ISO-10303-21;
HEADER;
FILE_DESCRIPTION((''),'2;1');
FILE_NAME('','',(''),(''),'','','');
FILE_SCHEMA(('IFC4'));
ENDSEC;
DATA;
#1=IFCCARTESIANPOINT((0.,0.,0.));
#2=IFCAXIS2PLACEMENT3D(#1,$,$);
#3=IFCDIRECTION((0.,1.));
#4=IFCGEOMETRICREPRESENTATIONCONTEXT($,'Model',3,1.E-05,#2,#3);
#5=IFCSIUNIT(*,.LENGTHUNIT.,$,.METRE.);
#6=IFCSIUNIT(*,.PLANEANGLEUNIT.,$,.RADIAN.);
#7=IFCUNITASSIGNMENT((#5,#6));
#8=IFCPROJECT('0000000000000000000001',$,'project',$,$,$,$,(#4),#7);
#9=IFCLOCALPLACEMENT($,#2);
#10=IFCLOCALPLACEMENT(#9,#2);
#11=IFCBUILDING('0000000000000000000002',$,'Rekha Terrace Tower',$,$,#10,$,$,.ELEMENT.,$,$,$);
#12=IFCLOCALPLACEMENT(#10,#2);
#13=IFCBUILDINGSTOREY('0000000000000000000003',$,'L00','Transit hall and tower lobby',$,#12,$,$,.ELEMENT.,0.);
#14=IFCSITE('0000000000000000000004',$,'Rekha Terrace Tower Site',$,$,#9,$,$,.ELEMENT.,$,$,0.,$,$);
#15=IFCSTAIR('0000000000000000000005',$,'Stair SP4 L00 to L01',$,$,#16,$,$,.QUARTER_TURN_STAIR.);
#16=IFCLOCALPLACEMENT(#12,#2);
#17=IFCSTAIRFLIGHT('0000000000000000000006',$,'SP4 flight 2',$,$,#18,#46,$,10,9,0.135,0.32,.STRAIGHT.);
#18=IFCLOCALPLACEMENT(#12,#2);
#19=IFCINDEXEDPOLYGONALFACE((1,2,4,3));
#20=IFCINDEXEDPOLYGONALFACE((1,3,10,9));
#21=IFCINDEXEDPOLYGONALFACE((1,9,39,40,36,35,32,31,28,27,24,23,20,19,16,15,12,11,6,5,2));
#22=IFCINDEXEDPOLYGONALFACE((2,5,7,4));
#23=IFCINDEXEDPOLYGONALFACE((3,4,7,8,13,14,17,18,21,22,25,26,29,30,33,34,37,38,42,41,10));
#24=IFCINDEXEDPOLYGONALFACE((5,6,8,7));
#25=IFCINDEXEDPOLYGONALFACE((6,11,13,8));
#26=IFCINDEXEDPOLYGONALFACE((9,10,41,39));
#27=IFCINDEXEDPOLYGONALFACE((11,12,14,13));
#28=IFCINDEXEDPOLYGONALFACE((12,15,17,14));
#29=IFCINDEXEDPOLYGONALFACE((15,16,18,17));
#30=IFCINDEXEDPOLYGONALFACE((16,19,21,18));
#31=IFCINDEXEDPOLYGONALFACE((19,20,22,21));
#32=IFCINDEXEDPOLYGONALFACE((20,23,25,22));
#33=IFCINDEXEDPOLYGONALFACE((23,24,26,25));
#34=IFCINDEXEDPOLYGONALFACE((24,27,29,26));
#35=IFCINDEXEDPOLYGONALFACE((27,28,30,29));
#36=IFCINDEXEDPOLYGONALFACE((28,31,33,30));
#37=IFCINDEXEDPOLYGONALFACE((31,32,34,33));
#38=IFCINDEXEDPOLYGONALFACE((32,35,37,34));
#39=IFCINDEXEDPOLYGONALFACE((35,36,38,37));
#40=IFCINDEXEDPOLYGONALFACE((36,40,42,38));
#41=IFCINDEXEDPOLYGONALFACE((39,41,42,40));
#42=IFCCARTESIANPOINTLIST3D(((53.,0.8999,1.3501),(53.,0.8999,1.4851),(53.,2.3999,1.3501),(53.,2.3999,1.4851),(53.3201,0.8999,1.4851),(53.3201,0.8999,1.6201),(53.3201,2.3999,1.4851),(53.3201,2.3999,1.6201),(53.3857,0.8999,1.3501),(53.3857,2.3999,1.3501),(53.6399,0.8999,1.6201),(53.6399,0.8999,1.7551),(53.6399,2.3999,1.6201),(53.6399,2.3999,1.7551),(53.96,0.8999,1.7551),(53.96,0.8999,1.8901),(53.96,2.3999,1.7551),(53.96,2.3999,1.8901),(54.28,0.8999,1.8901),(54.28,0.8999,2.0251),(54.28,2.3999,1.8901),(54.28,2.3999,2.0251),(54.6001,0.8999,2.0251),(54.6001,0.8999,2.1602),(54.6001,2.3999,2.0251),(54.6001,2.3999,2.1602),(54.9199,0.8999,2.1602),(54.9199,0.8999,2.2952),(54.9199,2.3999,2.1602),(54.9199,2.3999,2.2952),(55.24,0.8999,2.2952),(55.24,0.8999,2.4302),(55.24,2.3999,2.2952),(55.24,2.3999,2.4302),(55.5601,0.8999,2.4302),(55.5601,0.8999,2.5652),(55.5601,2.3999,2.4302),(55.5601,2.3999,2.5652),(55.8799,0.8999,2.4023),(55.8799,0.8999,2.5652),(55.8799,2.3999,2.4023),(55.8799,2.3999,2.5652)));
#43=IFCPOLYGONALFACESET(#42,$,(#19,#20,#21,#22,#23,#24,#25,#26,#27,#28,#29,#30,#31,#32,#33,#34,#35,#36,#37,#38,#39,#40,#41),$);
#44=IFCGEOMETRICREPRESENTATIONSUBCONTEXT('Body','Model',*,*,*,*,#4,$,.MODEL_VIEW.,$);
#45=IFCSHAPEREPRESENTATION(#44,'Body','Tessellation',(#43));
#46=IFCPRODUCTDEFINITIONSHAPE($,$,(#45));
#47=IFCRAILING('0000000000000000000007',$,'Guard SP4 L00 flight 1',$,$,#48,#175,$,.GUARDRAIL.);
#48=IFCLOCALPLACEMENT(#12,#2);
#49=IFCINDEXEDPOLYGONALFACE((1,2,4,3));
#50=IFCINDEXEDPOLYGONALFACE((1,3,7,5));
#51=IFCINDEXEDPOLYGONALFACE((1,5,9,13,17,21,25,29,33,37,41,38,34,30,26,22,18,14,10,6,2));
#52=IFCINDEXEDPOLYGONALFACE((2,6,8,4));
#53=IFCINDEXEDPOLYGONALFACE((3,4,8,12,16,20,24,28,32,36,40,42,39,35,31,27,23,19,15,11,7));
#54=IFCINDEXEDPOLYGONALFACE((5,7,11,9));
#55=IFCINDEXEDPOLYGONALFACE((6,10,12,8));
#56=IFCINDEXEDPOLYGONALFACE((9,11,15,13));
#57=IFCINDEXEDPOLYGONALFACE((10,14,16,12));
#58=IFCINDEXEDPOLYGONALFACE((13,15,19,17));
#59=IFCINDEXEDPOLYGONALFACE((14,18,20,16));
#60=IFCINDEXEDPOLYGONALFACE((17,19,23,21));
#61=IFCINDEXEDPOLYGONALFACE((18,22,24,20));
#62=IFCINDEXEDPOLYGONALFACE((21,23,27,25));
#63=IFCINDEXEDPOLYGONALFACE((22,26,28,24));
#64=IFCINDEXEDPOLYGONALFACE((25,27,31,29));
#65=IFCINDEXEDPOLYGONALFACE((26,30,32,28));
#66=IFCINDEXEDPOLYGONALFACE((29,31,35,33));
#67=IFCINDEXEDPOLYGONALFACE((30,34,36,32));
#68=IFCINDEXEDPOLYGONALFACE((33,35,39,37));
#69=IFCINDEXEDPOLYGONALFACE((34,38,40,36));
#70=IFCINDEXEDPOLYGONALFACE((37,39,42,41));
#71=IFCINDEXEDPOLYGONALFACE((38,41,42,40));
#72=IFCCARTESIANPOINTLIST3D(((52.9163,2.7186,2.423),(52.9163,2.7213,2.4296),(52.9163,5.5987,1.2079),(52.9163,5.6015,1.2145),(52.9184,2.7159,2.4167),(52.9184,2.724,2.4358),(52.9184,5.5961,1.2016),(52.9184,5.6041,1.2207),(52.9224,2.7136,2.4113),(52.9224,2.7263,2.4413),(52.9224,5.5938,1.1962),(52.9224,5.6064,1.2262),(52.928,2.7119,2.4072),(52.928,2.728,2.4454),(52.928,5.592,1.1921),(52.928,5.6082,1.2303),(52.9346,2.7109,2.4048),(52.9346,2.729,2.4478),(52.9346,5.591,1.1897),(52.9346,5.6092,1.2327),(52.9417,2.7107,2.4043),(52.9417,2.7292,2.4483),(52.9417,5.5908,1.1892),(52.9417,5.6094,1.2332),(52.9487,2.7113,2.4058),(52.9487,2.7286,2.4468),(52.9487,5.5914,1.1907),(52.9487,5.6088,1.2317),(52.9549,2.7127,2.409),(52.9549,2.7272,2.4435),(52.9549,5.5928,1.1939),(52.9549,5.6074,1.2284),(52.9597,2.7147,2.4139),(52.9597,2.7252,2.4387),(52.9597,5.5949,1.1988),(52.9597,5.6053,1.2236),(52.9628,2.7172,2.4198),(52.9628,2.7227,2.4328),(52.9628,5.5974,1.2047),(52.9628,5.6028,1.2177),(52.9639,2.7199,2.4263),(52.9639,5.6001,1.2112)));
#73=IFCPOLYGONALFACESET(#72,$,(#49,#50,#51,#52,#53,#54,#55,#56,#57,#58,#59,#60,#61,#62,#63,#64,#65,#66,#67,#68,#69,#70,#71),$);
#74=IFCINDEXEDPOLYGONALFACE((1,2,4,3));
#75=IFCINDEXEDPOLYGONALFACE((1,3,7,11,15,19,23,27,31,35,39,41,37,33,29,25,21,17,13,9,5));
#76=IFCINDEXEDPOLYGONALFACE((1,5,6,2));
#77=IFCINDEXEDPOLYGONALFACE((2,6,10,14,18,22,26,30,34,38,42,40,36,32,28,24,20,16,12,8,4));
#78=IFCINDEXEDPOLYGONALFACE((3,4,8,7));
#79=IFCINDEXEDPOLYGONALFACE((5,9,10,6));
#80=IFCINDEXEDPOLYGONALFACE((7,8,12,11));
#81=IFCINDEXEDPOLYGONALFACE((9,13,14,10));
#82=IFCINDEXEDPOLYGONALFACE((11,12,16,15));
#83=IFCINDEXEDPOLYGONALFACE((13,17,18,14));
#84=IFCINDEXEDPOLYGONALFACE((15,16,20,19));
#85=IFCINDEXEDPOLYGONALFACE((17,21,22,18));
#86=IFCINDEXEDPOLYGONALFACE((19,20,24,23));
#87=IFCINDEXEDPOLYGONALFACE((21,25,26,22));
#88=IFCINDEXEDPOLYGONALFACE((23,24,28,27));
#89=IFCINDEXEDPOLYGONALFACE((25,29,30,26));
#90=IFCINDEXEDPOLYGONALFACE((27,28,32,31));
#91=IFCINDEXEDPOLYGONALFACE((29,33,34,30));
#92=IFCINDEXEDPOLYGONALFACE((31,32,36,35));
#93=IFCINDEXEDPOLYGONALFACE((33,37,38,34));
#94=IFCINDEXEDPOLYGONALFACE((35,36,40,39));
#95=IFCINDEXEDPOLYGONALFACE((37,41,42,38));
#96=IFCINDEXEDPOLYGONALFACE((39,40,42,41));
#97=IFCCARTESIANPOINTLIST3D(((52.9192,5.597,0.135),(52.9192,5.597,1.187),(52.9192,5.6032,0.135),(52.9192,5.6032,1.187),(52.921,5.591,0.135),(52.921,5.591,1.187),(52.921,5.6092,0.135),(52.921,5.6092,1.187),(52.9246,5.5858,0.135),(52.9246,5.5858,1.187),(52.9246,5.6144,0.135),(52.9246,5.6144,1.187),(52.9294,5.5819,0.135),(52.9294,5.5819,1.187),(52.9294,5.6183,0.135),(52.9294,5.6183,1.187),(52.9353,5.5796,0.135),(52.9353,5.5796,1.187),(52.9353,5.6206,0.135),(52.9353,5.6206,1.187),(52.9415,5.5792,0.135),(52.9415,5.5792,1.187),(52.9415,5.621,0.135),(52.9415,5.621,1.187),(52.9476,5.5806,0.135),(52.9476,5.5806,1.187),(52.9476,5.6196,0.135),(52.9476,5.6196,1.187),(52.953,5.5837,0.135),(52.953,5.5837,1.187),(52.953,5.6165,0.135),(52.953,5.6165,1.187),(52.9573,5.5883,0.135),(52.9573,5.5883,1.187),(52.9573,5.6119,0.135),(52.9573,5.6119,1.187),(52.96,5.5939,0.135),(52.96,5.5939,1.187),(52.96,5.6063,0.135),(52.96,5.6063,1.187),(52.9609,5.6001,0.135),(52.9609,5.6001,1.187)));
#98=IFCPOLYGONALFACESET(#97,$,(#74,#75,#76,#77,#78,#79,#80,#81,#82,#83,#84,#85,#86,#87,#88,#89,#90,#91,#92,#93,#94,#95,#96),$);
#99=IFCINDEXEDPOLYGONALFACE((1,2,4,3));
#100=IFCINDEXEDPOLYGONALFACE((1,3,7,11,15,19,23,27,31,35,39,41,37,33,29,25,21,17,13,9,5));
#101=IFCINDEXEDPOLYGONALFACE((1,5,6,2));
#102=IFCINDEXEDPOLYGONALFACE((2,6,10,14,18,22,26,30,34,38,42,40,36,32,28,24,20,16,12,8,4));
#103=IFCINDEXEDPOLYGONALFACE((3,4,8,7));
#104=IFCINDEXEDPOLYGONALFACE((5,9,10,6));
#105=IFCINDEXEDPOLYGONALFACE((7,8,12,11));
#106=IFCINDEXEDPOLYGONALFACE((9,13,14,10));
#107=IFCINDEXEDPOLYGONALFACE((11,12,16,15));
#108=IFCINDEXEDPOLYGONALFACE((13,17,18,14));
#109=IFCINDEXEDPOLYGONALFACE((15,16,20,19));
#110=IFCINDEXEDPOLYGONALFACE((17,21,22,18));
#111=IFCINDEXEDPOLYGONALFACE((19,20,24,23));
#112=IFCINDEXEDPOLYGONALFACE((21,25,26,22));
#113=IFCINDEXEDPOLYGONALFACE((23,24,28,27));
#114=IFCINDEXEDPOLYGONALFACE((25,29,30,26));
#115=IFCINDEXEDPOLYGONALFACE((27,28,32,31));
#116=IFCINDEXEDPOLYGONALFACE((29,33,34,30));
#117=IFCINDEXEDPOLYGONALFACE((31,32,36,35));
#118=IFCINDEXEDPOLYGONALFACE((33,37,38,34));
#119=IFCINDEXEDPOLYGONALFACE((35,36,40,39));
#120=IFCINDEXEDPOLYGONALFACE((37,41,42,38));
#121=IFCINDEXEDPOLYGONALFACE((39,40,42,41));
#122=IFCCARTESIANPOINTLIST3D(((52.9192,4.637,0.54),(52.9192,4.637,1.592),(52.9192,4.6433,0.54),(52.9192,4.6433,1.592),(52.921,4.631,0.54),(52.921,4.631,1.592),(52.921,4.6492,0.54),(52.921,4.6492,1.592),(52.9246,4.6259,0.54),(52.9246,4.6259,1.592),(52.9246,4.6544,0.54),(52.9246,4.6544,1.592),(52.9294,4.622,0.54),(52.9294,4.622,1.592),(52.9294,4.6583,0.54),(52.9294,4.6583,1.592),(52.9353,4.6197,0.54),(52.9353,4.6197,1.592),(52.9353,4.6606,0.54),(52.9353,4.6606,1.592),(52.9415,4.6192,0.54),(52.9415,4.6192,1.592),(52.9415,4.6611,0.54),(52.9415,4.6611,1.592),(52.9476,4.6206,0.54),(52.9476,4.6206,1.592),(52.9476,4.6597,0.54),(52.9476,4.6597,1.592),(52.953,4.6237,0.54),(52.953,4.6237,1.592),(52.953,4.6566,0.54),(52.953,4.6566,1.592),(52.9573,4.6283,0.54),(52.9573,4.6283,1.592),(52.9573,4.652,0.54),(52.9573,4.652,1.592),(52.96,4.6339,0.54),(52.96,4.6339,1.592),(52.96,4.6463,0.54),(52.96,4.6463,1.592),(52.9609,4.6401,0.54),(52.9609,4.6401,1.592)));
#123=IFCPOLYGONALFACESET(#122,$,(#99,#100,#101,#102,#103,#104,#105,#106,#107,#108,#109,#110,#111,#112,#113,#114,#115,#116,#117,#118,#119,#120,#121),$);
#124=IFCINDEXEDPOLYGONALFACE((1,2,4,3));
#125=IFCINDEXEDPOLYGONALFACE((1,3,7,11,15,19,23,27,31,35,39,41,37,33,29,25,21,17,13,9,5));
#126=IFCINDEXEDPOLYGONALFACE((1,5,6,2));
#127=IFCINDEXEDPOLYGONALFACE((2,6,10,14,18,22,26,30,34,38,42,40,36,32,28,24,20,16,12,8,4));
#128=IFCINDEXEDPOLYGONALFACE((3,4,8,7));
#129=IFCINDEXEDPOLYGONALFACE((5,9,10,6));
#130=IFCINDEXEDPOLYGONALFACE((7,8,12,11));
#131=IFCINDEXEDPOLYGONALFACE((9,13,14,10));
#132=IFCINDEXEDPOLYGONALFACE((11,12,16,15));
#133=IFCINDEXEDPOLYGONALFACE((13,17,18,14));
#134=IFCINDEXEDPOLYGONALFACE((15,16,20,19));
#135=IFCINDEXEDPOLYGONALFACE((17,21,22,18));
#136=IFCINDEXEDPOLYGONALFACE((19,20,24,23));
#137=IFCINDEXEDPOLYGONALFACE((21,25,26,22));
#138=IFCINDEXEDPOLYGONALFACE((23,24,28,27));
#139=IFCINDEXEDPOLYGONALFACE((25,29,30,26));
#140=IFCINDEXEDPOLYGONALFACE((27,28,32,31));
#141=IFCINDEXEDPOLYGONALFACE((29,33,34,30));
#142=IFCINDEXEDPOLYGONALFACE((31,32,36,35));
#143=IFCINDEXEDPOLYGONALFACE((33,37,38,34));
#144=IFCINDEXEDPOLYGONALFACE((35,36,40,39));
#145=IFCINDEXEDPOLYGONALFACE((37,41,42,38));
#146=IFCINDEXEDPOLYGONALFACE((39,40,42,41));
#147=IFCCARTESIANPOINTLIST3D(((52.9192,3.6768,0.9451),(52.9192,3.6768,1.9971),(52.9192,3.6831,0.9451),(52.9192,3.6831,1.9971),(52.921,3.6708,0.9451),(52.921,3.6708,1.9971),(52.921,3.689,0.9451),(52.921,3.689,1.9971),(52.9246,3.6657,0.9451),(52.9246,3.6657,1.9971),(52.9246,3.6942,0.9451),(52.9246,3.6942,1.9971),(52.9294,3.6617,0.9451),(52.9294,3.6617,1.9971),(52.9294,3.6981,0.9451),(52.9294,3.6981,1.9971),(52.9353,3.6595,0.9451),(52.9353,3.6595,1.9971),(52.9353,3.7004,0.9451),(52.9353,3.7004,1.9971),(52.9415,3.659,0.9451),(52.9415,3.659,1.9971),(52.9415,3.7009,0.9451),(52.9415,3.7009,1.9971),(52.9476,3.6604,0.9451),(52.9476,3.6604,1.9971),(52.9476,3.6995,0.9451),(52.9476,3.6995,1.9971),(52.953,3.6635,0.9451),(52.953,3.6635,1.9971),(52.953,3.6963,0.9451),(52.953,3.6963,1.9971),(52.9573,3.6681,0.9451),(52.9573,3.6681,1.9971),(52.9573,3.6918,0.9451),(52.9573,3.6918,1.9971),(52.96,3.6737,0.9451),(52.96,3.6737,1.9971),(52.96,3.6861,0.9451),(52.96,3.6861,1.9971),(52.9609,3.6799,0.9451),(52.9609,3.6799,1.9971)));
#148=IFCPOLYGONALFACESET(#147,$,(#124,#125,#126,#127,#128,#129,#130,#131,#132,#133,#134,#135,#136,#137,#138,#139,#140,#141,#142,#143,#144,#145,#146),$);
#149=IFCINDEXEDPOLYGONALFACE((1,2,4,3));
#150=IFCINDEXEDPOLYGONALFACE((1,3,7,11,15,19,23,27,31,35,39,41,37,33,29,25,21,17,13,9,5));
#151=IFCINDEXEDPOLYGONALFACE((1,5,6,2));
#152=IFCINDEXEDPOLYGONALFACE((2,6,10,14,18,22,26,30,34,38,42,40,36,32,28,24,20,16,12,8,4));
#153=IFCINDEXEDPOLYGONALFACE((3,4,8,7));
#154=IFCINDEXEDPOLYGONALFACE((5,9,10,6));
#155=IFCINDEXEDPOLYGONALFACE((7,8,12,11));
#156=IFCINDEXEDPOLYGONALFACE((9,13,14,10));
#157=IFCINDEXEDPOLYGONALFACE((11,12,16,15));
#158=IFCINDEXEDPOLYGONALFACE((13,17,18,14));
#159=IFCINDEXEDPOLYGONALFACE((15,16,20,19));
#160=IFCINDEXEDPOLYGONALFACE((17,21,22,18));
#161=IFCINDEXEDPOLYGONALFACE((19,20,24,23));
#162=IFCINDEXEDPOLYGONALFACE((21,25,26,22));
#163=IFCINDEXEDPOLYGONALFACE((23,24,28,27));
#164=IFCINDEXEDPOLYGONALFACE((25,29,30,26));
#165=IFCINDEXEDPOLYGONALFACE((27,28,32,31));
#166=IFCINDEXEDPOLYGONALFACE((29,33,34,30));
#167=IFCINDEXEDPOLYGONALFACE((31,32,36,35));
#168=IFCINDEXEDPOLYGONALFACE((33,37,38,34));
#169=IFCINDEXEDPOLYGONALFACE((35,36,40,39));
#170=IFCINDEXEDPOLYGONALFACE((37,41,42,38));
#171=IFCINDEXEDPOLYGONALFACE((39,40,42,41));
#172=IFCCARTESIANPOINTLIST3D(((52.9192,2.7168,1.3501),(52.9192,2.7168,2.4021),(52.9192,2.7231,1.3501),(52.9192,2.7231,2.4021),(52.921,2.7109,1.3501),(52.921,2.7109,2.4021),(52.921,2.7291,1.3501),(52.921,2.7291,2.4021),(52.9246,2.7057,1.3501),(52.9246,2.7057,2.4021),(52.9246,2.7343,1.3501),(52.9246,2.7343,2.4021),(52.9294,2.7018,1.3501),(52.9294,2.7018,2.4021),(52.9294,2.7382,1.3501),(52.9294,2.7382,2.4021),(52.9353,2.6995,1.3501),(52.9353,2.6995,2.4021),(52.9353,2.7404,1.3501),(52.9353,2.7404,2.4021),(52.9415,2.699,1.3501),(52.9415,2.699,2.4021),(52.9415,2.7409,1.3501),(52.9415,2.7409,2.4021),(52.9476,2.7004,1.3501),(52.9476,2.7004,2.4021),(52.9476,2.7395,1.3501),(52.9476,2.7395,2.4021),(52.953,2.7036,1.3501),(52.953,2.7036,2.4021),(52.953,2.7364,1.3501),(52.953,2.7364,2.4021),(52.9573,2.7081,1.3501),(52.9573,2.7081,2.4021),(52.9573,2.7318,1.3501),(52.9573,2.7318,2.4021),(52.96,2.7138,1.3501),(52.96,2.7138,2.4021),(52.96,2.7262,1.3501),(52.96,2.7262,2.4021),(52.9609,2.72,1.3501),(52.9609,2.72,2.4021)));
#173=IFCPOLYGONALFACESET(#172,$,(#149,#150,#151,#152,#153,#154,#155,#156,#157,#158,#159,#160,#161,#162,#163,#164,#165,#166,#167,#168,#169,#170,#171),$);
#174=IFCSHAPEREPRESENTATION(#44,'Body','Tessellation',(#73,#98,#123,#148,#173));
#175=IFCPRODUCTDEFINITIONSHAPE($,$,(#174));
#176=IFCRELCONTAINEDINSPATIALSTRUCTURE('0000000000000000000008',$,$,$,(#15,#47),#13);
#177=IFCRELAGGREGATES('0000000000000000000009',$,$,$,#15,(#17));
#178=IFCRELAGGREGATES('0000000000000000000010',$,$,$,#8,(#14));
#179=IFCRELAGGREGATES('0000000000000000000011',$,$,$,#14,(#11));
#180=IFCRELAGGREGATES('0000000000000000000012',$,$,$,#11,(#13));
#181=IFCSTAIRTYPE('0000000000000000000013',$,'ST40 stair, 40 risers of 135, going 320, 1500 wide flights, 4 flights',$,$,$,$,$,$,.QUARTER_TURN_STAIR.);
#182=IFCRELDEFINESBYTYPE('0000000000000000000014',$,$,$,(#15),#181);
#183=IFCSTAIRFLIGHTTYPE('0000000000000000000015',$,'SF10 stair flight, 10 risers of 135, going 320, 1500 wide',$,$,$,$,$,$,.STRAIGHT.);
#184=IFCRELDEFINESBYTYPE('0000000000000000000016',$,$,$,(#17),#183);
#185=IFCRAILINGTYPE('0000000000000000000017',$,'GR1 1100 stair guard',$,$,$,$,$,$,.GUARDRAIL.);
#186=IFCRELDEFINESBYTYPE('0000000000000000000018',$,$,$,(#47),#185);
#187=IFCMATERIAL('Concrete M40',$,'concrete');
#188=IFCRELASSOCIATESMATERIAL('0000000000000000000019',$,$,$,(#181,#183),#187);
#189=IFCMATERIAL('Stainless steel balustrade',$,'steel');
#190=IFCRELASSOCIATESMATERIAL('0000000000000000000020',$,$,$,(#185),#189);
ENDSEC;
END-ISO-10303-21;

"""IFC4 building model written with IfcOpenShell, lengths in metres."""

from ifc_helpers import new_model, si_unit, direction, frame, origin, origin_2d, place, context, subcontext, project, spatial, polyline, circle, outline, extrude, material, type_object, element, aggregate, save


model = new_model("IFC4")

# Units and contexts
model_context = context("Model", 3, precision=1e-05, world=origin(), true_north=direction((0.0, 1.0)))
body_context = subcontext(model_context, "Body", "Model", "MODEL_VIEW")
ifc_project = project(units=[si_unit("LENGTHUNIT", "METRE"), si_unit("PLANEANGLEUNIT", "RADIAN")], contexts=[model_context])

# Site, building, storey
site_placement = place(None, origin())
site = spatial("IfcSite", under=ifc_project, at=site_placement, Name="Rekha Terrace Tower Site", CompositionType="ELEMENT", RefElevation=0.0)
building_placement = place(site_placement, origin())
building = spatial("IfcBuilding", under=site, at=building_placement, Name="Rekha Terrace Tower", CompositionType="ELEMENT")
storey_placement = place(building_placement, origin())
storey = spatial("IfcBuildingStorey", under=building, at=storey_placement, Name="L00", Description="Transit hall and tower lobby", CompositionType="ELEMENT", Elevation=0.0)

# Shared definitions
ifc_material_1 = material(Name="Concrete M40", Category="concrete")

# Stair, stair flight
stair_type = type_object("IfcStairType", Name="ST40 stair, 40 risers of 135, going 320, 1500 wide flights, 4 flights", PredefinedType="QUARTER_TURN_STAIR", material=ifc_material_1)
stair_placement = place(storey_placement, origin())
stair = element("IfcStair", 1, at=stair_placement, inside=storey, type_object=stair_type, Name="Stair SP4 L00 to L01", PredefinedType="QUARTER_TURN_STAIR")
stair_flight_type = type_object("IfcStairFlightType", Name="SF10 stair flight, 10 risers of 135, going 320, 1500 wide", PredefinedType="STRAIGHT", material=ifc_material_1)
stair_flight_1_placement = place(storey_placement, frame((53.0, 1.6499, 1.3501), z_axis=(0.0, 0.0, 1.0), x_axis=(1.0, 0.0, 0.0)))
stair_flight_1 = element("IfcStairFlight", 2, at=stair_flight_1_placement, type_object=stair_flight_type, Name="SP4 flight 2", NumberOfRisers=10, NumberOfTreads=9, PredefinedType="STRAIGHT", RiserHeight=0.135, TreadLength=0.32, context=body_context, shape_type="SweptSolid", body=[
    extrude(outline(polyline([(0.0, 0.0), (0.0, 0.135), (0.3201, 0.135), (0.3201, 0.27), (0.6399, 0.27), (0.6399, 0.405), (0.96, 0.405), (0.96, 0.54), (1.28, 0.54), (1.28, 0.675), (1.6001, 0.675), (1.6001, 0.8101), (1.9199, 0.8101), (1.9199, 0.9451), (2.24, 0.9451), (2.24, 1.0801), (2.5601, 1.0801), (2.5601, 1.2151), (2.8799, 1.2151), (2.8799, 1.3501), (2.8799, 1.0522), (0.3857, 0.0), (0.0, 0.0)])), frame((0.0, 0.75, 0.0), z_axis=(0.0, -1.0, 0.0), x_axis=(1.0, 0.0, 0.0)), (0.0, 0.0, 1.0), 1.5),
])
aggregate(stair, [stair_flight_1])

# Railing
ifc_material_2 = material(Name="Stainless steel balustrade", Category="steel")
railing_type_1 = type_object("IfcRailingType", Name="GR1 1100 stair guard", PredefinedType="GUARDRAIL", material=ifc_material_2)
railing_1_placement = place(storey_placement, frame((52.9399, 5.6001, 0.135)))
element("IfcRailing", 3, at=railing_1_placement, inside=storey, type_object=railing_type_1, Name="Guard SP4 L00 flight 1", PredefinedType="GUARDRAIL", context=body_context, shape_type="SweptSolid", body=[
    extrude(circle(Radius=0.0239, at=origin_2d()), frame((0.0, 0.0, 1.0762), z_axis=(0.0, -0.92136, 0.38871), x_axis=(1.0, 0.0, 0.0)), (0.0, 0.0, 1.0), 3.126),
    extrude(circle(Radius=0.021, at=origin_2d()), origin(), (0.0, 0.0, 1.0), 1.052),
    extrude(circle(Radius=0.021, at=origin_2d()), frame((0.0, -0.96, 0.405)), (0.0, 0.0, 1.0), 1.052),
    extrude(circle(Radius=0.021, at=origin_2d()), frame((0.0, -1.9202, 0.8101)), (0.0, 0.0, 1.0), 1.052),
    extrude(circle(Radius=0.021, at=origin_2d()), frame((0.0, -2.8801, 1.2151)), (0.0, 0.0, 1.0), 1.052),
])

save(model, "model.ifc")
